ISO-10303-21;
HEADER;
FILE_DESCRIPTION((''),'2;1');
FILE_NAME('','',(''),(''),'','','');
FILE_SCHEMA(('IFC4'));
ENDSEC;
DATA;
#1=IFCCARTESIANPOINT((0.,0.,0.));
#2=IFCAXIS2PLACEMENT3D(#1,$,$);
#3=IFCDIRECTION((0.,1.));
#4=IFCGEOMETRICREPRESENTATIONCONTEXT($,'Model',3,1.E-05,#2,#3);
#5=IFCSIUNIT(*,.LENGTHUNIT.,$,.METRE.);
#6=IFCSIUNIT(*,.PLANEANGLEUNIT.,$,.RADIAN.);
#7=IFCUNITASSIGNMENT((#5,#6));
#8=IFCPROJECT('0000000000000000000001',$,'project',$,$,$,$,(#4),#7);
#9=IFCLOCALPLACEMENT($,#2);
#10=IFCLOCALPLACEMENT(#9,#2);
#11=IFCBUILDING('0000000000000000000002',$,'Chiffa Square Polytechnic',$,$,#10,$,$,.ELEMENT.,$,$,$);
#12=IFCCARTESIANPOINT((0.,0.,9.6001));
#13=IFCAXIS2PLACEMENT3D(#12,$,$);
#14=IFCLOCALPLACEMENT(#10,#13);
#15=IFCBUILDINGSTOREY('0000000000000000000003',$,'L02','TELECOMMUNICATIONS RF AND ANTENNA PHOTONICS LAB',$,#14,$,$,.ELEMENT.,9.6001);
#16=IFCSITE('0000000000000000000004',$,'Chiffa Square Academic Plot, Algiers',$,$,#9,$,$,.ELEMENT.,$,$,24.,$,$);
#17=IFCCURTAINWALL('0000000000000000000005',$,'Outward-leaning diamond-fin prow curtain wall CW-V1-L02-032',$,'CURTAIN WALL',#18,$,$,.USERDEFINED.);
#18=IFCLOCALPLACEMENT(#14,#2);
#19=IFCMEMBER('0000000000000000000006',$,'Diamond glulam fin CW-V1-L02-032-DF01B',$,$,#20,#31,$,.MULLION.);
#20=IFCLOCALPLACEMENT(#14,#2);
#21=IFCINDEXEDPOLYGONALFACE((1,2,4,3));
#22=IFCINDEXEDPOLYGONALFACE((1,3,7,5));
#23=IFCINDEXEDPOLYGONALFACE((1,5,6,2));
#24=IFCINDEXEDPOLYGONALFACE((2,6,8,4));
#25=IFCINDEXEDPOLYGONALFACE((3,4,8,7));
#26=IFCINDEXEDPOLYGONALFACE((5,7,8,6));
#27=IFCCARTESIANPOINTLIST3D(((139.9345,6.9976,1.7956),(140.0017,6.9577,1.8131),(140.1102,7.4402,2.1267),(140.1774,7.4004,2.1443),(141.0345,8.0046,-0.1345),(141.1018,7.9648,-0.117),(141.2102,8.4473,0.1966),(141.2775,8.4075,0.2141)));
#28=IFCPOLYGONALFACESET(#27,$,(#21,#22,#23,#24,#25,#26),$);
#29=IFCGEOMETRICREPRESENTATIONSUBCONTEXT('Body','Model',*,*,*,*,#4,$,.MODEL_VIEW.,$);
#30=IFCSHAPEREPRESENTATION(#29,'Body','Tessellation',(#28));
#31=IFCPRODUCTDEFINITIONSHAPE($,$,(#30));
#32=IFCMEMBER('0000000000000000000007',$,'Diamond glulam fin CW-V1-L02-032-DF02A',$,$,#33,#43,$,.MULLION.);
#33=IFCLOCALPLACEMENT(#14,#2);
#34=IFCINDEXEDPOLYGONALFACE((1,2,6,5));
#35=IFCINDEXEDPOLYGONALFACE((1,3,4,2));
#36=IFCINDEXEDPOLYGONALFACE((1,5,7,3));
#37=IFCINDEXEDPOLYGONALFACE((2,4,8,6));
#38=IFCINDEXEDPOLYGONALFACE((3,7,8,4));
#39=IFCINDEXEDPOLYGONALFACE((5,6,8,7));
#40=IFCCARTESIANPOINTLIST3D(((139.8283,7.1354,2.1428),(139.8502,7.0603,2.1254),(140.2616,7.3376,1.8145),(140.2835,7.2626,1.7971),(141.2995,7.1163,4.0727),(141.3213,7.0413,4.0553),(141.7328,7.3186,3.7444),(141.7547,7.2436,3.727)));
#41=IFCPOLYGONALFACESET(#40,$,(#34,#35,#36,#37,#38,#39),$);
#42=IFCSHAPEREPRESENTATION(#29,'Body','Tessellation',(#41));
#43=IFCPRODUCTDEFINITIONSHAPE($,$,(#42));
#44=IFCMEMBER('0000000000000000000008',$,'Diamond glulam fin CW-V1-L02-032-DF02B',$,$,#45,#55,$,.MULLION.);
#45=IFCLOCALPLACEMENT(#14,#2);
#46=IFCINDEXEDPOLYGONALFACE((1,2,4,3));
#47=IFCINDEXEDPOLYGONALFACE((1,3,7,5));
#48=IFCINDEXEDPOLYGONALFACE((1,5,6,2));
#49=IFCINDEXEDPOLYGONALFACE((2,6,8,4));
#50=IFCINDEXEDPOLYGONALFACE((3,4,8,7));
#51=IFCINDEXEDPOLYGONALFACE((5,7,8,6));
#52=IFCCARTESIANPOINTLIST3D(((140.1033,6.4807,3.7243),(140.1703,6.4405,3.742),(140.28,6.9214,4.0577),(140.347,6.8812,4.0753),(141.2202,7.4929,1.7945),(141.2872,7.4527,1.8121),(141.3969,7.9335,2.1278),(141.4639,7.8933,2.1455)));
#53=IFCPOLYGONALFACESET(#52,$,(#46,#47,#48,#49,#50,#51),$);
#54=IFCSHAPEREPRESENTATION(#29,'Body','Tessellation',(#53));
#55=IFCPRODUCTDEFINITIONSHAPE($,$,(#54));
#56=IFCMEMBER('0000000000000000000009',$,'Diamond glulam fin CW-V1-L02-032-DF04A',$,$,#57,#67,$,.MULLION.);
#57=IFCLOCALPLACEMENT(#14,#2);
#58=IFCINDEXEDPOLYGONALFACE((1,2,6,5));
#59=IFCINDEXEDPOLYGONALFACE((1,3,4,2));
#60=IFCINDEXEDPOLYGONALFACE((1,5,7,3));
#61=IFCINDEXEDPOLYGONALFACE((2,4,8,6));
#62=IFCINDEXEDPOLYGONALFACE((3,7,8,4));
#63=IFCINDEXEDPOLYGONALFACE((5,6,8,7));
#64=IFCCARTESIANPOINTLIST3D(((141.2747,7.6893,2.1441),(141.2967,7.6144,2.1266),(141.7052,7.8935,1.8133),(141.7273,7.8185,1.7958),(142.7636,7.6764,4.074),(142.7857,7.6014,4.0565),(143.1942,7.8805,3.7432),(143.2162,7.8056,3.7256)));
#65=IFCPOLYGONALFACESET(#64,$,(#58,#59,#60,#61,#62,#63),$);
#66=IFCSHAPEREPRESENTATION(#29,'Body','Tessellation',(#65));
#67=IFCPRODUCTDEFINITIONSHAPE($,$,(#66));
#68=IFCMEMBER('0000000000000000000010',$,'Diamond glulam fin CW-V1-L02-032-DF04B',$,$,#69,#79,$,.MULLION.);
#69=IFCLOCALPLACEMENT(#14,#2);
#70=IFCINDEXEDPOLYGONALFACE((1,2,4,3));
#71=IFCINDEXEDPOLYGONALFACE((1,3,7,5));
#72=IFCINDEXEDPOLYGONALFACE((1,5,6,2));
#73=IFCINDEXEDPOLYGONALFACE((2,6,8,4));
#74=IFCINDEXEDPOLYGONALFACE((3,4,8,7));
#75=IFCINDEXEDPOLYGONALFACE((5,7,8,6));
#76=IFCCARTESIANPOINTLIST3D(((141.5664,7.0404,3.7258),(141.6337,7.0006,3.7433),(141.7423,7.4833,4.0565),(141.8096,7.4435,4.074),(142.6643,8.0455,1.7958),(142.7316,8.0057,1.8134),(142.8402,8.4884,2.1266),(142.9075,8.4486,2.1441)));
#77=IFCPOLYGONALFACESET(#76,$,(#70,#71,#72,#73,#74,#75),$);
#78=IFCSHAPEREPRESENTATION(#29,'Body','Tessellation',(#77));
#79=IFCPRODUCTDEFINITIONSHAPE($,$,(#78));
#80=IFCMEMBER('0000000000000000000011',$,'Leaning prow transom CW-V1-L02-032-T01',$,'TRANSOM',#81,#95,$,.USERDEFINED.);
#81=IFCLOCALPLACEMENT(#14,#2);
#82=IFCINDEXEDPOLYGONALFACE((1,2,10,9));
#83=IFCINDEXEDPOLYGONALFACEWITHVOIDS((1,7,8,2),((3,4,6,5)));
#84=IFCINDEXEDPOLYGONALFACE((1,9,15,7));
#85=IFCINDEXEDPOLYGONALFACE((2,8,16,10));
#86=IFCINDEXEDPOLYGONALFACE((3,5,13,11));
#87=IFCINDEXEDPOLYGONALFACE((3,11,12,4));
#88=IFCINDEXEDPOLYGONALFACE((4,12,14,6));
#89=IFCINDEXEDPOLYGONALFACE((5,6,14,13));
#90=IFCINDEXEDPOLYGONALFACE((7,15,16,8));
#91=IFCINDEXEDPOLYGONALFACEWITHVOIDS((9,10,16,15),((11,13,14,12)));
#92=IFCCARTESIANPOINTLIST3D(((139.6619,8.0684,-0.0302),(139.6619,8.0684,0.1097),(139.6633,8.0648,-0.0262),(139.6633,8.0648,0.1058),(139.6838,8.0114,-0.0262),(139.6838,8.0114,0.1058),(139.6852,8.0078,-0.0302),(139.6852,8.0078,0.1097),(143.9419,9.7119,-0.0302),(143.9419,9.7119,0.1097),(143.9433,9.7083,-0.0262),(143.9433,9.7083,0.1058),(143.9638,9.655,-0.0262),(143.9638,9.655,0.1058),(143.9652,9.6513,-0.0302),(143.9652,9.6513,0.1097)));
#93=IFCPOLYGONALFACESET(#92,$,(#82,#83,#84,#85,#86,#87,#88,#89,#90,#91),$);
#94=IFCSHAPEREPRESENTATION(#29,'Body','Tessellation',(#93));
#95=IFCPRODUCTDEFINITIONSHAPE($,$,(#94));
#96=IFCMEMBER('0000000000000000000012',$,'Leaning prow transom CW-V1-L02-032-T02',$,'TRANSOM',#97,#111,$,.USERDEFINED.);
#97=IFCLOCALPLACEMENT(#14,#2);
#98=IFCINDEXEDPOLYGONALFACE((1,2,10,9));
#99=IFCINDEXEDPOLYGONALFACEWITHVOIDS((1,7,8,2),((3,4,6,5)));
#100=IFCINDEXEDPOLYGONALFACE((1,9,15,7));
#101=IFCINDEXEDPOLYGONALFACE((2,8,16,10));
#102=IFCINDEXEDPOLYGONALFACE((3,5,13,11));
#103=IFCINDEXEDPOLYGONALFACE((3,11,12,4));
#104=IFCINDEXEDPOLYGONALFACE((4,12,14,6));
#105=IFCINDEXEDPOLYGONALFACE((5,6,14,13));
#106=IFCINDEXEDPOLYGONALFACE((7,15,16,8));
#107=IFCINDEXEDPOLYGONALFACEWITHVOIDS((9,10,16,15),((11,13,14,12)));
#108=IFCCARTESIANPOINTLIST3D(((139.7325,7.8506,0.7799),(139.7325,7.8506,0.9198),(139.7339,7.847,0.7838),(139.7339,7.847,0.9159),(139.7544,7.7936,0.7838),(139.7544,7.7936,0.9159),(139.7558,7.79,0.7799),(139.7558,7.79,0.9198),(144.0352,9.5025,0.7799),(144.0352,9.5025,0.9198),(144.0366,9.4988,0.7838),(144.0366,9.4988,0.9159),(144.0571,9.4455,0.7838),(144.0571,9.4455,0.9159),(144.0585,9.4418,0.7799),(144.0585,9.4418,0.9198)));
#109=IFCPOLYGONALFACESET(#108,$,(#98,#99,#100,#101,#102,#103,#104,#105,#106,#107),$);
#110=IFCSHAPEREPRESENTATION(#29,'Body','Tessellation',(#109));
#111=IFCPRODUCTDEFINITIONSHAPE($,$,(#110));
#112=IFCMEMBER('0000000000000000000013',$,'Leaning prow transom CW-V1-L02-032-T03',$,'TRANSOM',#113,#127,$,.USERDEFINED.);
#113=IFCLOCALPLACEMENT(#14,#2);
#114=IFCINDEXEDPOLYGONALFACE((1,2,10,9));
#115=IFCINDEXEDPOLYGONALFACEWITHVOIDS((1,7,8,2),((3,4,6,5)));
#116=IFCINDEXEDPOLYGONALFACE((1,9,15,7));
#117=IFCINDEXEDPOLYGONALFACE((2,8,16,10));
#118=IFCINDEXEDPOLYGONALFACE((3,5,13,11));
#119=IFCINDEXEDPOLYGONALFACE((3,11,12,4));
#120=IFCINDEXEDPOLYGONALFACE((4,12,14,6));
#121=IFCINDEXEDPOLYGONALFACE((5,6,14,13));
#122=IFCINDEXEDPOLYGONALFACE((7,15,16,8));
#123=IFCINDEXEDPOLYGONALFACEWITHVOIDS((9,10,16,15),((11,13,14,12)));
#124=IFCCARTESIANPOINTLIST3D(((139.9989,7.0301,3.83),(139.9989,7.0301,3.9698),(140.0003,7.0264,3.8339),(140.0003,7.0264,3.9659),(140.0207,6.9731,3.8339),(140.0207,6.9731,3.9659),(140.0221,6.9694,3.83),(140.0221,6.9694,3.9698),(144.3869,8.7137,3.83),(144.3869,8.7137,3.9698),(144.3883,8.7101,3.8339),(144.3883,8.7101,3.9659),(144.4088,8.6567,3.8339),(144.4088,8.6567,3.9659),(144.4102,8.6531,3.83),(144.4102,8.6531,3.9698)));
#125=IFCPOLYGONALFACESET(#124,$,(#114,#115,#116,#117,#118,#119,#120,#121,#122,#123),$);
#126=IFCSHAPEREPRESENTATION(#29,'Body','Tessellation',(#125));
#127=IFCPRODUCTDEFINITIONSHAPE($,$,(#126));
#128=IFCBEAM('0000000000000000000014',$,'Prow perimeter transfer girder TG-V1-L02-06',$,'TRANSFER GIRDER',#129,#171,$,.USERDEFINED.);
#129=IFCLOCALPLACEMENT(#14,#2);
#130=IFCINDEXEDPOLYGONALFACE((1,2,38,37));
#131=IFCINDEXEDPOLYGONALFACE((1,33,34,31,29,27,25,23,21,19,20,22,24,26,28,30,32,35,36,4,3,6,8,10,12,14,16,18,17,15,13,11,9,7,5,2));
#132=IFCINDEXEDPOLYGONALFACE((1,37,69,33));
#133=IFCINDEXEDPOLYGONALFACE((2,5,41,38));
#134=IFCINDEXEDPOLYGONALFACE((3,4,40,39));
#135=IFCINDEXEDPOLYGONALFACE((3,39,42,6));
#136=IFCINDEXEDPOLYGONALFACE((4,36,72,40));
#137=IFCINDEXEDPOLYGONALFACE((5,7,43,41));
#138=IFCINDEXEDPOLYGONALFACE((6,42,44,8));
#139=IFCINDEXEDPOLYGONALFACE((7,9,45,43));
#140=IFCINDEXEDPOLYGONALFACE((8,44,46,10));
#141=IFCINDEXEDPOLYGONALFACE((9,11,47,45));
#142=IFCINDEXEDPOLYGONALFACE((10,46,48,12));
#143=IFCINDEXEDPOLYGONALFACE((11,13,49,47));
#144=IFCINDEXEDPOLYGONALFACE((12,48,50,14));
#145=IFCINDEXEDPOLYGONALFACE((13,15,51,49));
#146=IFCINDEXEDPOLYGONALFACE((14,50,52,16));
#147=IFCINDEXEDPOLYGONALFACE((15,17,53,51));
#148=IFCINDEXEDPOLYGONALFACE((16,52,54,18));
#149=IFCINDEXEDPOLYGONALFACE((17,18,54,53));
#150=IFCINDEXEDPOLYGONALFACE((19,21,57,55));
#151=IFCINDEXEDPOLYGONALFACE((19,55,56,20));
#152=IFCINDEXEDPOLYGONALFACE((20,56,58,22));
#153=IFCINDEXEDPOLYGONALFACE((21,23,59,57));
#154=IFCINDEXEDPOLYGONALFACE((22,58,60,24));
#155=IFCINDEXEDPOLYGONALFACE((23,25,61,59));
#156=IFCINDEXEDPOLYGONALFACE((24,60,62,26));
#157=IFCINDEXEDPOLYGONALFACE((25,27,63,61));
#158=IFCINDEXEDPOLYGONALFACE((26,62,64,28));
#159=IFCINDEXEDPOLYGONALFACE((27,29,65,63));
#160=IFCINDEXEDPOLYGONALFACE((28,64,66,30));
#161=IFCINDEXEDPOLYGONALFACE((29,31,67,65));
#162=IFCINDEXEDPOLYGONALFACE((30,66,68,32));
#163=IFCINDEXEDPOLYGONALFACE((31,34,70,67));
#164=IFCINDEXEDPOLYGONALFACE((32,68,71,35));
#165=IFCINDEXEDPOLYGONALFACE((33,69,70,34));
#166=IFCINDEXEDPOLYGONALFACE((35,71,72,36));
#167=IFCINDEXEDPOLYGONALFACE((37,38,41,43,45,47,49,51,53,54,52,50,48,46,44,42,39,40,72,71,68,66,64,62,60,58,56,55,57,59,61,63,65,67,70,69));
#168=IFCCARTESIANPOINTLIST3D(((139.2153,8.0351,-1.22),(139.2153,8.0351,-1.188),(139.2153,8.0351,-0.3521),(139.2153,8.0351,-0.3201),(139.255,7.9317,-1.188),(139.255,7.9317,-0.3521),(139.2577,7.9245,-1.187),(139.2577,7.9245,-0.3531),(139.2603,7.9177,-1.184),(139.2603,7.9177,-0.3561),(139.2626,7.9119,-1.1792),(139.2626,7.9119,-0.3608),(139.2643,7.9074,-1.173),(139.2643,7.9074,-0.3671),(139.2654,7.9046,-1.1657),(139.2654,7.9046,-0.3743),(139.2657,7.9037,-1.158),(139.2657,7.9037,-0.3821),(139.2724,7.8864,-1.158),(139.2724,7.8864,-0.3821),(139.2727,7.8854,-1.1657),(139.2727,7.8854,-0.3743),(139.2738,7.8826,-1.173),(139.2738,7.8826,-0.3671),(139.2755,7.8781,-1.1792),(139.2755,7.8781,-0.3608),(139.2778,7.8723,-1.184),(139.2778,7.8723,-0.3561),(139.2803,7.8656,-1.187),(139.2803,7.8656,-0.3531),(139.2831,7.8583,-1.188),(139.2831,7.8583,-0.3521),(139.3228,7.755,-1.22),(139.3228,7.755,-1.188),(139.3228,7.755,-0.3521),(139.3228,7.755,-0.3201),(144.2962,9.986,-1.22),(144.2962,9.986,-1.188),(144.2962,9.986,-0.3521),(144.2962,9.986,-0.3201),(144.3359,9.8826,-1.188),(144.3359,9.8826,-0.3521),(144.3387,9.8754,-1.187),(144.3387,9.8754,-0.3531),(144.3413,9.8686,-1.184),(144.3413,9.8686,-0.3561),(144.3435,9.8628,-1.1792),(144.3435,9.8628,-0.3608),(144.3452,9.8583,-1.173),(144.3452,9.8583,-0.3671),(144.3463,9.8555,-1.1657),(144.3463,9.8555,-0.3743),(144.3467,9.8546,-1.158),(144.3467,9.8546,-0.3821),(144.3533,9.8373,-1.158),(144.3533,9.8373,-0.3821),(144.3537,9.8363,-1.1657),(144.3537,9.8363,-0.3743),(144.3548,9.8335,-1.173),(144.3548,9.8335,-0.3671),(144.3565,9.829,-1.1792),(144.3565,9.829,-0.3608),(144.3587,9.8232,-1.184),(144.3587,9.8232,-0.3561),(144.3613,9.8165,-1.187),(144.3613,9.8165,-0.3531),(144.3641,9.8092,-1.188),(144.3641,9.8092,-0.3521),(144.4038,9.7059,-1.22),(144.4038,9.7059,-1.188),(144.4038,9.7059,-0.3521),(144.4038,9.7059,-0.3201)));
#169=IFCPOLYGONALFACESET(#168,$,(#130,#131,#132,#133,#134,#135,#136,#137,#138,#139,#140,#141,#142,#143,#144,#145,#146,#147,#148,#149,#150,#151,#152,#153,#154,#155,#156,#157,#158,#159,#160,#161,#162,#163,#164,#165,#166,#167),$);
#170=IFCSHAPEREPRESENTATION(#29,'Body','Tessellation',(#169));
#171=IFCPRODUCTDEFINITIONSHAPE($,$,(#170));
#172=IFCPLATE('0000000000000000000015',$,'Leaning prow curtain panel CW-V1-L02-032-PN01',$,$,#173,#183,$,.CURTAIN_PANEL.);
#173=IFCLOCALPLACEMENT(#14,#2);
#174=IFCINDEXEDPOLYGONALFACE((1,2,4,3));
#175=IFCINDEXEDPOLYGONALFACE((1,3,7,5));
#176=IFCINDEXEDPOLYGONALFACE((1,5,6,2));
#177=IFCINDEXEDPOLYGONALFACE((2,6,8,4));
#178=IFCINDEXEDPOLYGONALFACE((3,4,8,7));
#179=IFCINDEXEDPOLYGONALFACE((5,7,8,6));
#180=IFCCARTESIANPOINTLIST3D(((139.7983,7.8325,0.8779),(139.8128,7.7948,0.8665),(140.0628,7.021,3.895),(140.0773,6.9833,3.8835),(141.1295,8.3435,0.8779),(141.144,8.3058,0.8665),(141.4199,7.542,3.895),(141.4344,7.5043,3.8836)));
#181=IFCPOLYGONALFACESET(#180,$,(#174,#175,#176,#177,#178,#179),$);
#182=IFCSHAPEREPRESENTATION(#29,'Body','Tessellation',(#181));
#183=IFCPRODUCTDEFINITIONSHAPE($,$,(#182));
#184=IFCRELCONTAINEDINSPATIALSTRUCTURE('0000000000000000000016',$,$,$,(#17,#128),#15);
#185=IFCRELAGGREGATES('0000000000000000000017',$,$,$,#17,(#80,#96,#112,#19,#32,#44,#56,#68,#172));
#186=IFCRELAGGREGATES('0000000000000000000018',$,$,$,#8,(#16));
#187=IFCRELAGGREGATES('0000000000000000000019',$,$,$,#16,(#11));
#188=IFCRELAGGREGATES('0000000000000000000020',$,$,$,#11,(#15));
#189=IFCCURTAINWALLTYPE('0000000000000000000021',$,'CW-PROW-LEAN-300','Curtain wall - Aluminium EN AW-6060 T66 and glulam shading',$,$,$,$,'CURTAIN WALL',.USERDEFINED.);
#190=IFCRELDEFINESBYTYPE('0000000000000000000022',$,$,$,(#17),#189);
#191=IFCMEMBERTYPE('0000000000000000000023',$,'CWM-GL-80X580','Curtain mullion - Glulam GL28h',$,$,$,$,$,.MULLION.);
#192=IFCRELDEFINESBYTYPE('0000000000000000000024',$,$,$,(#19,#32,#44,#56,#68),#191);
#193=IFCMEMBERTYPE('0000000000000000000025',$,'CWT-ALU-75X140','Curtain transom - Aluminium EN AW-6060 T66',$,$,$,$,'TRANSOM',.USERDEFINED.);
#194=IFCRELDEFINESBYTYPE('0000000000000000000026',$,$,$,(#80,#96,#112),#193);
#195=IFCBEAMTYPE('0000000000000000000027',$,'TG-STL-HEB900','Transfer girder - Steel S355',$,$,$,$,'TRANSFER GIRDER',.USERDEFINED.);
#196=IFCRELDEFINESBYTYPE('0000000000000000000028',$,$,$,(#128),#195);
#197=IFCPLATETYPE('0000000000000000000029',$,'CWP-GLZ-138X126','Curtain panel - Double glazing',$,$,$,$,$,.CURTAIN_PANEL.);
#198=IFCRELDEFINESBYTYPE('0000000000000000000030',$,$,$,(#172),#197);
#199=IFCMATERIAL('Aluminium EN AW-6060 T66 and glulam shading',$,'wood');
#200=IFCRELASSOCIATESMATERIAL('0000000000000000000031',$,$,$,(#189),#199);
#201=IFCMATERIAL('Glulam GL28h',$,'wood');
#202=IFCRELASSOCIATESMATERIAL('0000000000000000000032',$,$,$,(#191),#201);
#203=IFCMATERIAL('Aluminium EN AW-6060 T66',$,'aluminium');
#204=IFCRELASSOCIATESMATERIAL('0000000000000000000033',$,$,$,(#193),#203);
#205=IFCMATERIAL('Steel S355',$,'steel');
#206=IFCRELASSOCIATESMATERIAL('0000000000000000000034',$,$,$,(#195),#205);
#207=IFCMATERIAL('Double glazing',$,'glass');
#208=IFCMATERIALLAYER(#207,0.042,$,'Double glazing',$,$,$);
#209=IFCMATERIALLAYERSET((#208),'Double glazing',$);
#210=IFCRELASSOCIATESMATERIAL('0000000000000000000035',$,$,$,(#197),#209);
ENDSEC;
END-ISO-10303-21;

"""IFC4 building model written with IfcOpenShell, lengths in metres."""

from ifc_helpers import new_model, si_unit, direction, frame, origin, origin_2d, place, context, subcontext, project, spatial, polyline, rectangle, hollow_rectangle, i_section, outline, extrude, material, layer, layer_set, material_profile, profile_set, type_object, element, aggregate, save


model = new_model("IFC4")

# Units and contexts
model_context = context("Model", 3, precision=1e-05, world=origin(), true_north=direction((0.0, 1.0)))
body_context = subcontext(model_context, "Body", "Model", "MODEL_VIEW")
ifc_project = project(units=[si_unit("LENGTHUNIT", "METRE"), si_unit("PLANEANGLEUNIT", "RADIAN")], contexts=[model_context])

# Site, building, storey
site_placement = place(None, origin())
site = spatial("IfcSite", under=ifc_project, at=site_placement, Name="Chiffa Square Academic Plot, Algiers", CompositionType="ELEMENT", RefElevation=24.0)
building_placement = place(site_placement, origin())
building = spatial("IfcBuilding", under=site, at=building_placement, Name="Chiffa Square Polytechnic", CompositionType="ELEMENT")
storey_placement = place(building_placement, frame((0.0, 0.0, 9.6001)))
storey = spatial("IfcBuildingStorey", under=building, at=storey_placement, Name="L02", Description="TELECOMMUNICATIONS RF AND ANTENNA PHOTONICS LAB", CompositionType="ELEMENT", Elevation=9.6001)

# Shared definitions
ifc_material_1 = material(Name="Aluminium EN AW-6060 T66 and glulam shading", Category="wood")
ifc_material_2 = material(Name="Aluminium EN AW-6060 T66", Category="aluminium")

# Curtain wall
curtain_wall_type_1 = type_object("IfcCurtainWallType", Name="CW-PROW-LEAN-300", Description="Curtain wall - Aluminium EN AW-6060 T66 and glulam shading", ElementType="CURTAIN WALL", PredefinedType="USERDEFINED", material=ifc_material_1)
curtain_wall_1_placement = place(storey_placement, origin())
curtain_wall_1 = element("IfcCurtainWall", 1, at=curtain_wall_1_placement, inside=storey, type_object=curtain_wall_type_1, Name="Outward-leaning diamond-fin prow curtain wall CW-V1-L02-032", ObjectType="CURTAIN WALL", PredefinedType="USERDEFINED")

# Members
ifc_material_3 = material(Name="Glulam GL28h", Category="wood")
ifc_material_profile_1 = material_profile(ifc_material_3, rectangle(XDim=0.0801, YDim=0.5801, at=origin_2d()), Name="GL28h 80x580")
ifc_profile_set_1 = profile_set([ifc_material_profile_1], Name="Glulam GL28h")
member_type_1 = type_object("IfcMemberType", Name="CWM-GL-80X580", Description="Curtain mullion - Glulam GL28h", PredefinedType="MULLION", material=ifc_profile_set_1)
member_1_placement = place(storey_placement, frame((141.156, 8.2061, 0.0398), z_axis=(-0.450996, -0.412862, 0.791295), x_axis=(0.839552, -0.497132, 0.219119)))
member_1 = element("IfcMember", 2, at=member_1_placement, type_object=member_type_1, Name="Diamond glulam fin CW-V1-L02-032-DF01B", PredefinedType="MULLION", context=body_context, shape_type="SweptSolid", body=[
    extrude(rectangle(XDim=0.0801, YDim=0.5801, at=origin_2d()), origin(), (0.0, 0.0, 1.0), 2.4392),
])
member_2_placement = place(storey_placement, frame((140.0559, 7.199, 1.97), z_axis=(0.606225, -0.007847, 0.795255), x_axis=(-0.272887, 0.937191, 0.21727)))
member_2 = element("IfcMember", 3, at=member_2_placement, type_object=member_type_1, Name="Diamond glulam fin CW-V1-L02-032-DF02A", PredefinedType="MULLION", context=body_context, shape_type="SweptSolid", body=[
    extrude(rectangle(XDim=0.0801, YDim=0.5801, at=origin_2d()), origin(), (0.0, 0.0, 1.0), 2.4268),
])
member_3_placement = place(storey_placement, frame((141.342, 7.6931, 1.97), z_axis=(-0.456113, -0.413343, 0.788104), x_axis=(0.83619, -0.502122, 0.220591)))
member_3 = element("IfcMember", 4, at=member_3_placement, type_object=member_type_1, Name="Diamond glulam fin CW-V1-L02-032-DF02B", PredefinedType="MULLION", context=body_context, shape_type="SweptSolid", body=[
    extrude(rectangle(XDim=0.0801, YDim=0.5801, at=origin_2d()), origin(), (0.0, 0.0, 1.0), 2.4487),
])
member_4_placement = place(storey_placement, frame((141.501, 7.7539, 1.97), z_axis=(0.610849, -0.005308, 0.79173), x_axis=(-0.275607, 0.936011, 0.218917)))
member_4 = element("IfcMember", 5, at=member_4_placement, type_object=member_type_1, Name="Diamond glulam fin CW-V1-L02-032-DF04A", PredefinedType="MULLION", context=body_context, shape_type="SweptSolid", body=[
    extrude(rectangle(XDim=0.0801, YDim=0.5801, at=origin_2d()), origin(), (0.0, 0.0, 1.0), 2.4375),
])
member_5_placement = place(storey_placement, frame((142.7859, 8.2471, 1.97), z_axis=(-0.450463, -0.412398, 0.79184), x_axis=(0.83971, -0.496975, 0.218865)))
member_5 = element("IfcMember", 6, at=member_5_placement, type_object=member_type_1, Name="Diamond glulam fin CW-V1-L02-032-DF04B", PredefinedType="MULLION", context=body_context, shape_type="SweptSolid", body=[
    extrude(rectangle(XDim=0.0801, YDim=0.5801, at=origin_2d()), origin(), (0.0, 0.0, 1.0), 2.4373),
])
ifc_material_profile_2 = material_profile(ifc_material_2, hollow_rectangle(XDim=0.0649, YDim=0.1399, WallThickness=0.0039, at=origin_2d()), Name="ALU 65x140x4")
ifc_profile_set_2 = profile_set([ifc_material_profile_2], Name="Aluminium EN AW-6060 T66")
member_type_2 = type_object("IfcMemberType", Name="CWT-ALU-75X140", Description="Curtain transom - Aluminium EN AW-6060 T66", ElementType="TRANSOM", PredefinedType="USERDEFINED", material=ifc_profile_set_2)
member_6_placement = place(storey_placement, frame((139.6736, 8.0381, 0.0398), z_axis=(0.933536, 0.358483, 0.0), x_axis=(-0.358483, 0.933536, 0.0)))
member_6 = element("IfcMember", 7, at=member_6_placement, type_object=member_type_2, Name="Leaning prow transom CW-V1-L02-032-T01", ObjectType="TRANSOM", PredefinedType="USERDEFINED", context=body_context, shape_type="SweptSolid", body=[
    extrude(hollow_rectangle(XDim=0.0649, YDim=0.1399, WallThickness=0.0039, at=origin_2d()), origin(), (0.0, 0.0, 1.0), 4.5847),
])
member_7_placement = place(storey_placement, frame((139.7441, 7.8203, 0.8499), z_axis=(0.933567, 0.358404, 0.0), x_axis=(-0.358404, 0.933567, 0.0)))
member_7 = element("IfcMember", 8, at=member_7_placement, type_object=member_type_2, Name="Leaning prow transom CW-V1-L02-032-T02", ObjectType="TRANSOM", PredefinedType="USERDEFINED", context=body_context, shape_type="SweptSolid", body=[
    extrude(hollow_rectangle(XDim=0.0649, YDim=0.1399, WallThickness=0.0039, at=origin_2d()), origin(), (0.0, 0.0, 1.0), 4.6089),
])
member_8_placement = place(storey_placement, frame((140.0105, 6.9998, 3.8999), z_axis=(0.933636, 0.358224, 0.0), x_axis=(-0.358224, 0.933636, 0.0)))
member_8 = element("IfcMember", 9, at=member_8_placement, type_object=member_type_2, Name="Leaning prow transom CW-V1-L02-032-T03", ObjectType="TRANSOM", PredefinedType="USERDEFINED", context=body_context, shape_type="SweptSolid", body=[
    extrude(hollow_rectangle(XDim=0.0649, YDim=0.1399, WallThickness=0.0039, at=origin_2d()), origin(), (0.0, 0.0, 1.0), 4.7),
])

# Beam
ifc_material_4 = material(Name="Steel S355", Category="steel")
ifc_material_profile_3 = material_profile(ifc_material_4, i_section(OverallWidth=0.3, OverallDepth=0.8999, WebThickness=0.0186, FlangeThickness=0.032, FilletRadius=0.03, at=origin_2d()), Name="HEB 900")
ifc_profile_set_3 = profile_set([ifc_material_profile_3], Name="Steel S355")
beam_type = type_object("IfcBeamType", Name="TG-STL-HEB900", Description="Transfer girder - Steel S355", ElementType="TRANSFER GIRDER", PredefinedType="USERDEFINED", material=ifc_profile_set_3)
beam_placement = place(storey_placement, frame((139.269, 7.895, -0.77), z_axis=(0.93355, 0.358447, 0.0), x_axis=(-0.358447, 0.93355, 0.0)))
element("IfcBeam", 10, at=beam_placement, inside=storey, type_object=beam_type, Name="Prow perimeter transfer girder TG-V1-L02-06", ObjectType="TRANSFER GIRDER", PredefinedType="USERDEFINED", context=body_context, shape_type="SweptSolid", body=[
    extrude(i_section(OverallWidth=0.3, OverallDepth=0.8999, WebThickness=0.0186, FlangeThickness=0.032, FilletRadius=0.03, at=origin_2d()), origin(), (0.0, 0.0, 1.0), 5.4426),
])

# Plate
ifc_material_5 = material(Name="Double glazing", Category="glass")
ifc_layer_1 = layer(ifc_material_5, 0.042, Name="Double glazing")
ifc_layer_set_1 = layer_set([ifc_layer_1], Name="Double glazing")
plate_type_1 = type_object("IfcPlateType", Name="CWP-GLZ-138X126", Description="Curtain panel - Double glazing", PredefinedType="CURTAIN_PANEL", material=ifc_layer_set_1)
plate_1_placement = place(storey_placement, frame((139.7983, 7.8325, 0.8779), z_axis=(-0.344888, 0.898407, 0.271877), x_axis=(0.933568, 0.3584, -0.000043)))
plate_1 = element("IfcPlate", 11, at=plate_1_placement, type_object=plate_type_1, Name="Leaning prow curtain panel CW-V1-L02-032-PN01", PredefinedType="CURTAIN_PANEL", context=body_context, shape_type="SweptSolid", body=[
    extrude(outline(polyline([(0.0, 0.0), (1.4259, 0.0), (1.4096, -3.1352), (-0.0441, -3.1351), (0.0, 0.0)])), origin(), (0.0, 0.0, -1.0), 0.042),
])
aggregate(curtain_wall_1, [member_6, member_7, member_8, member_1, member_2, member_3, member_4, member_5, plate_1])

save(model, "model.ifc")
